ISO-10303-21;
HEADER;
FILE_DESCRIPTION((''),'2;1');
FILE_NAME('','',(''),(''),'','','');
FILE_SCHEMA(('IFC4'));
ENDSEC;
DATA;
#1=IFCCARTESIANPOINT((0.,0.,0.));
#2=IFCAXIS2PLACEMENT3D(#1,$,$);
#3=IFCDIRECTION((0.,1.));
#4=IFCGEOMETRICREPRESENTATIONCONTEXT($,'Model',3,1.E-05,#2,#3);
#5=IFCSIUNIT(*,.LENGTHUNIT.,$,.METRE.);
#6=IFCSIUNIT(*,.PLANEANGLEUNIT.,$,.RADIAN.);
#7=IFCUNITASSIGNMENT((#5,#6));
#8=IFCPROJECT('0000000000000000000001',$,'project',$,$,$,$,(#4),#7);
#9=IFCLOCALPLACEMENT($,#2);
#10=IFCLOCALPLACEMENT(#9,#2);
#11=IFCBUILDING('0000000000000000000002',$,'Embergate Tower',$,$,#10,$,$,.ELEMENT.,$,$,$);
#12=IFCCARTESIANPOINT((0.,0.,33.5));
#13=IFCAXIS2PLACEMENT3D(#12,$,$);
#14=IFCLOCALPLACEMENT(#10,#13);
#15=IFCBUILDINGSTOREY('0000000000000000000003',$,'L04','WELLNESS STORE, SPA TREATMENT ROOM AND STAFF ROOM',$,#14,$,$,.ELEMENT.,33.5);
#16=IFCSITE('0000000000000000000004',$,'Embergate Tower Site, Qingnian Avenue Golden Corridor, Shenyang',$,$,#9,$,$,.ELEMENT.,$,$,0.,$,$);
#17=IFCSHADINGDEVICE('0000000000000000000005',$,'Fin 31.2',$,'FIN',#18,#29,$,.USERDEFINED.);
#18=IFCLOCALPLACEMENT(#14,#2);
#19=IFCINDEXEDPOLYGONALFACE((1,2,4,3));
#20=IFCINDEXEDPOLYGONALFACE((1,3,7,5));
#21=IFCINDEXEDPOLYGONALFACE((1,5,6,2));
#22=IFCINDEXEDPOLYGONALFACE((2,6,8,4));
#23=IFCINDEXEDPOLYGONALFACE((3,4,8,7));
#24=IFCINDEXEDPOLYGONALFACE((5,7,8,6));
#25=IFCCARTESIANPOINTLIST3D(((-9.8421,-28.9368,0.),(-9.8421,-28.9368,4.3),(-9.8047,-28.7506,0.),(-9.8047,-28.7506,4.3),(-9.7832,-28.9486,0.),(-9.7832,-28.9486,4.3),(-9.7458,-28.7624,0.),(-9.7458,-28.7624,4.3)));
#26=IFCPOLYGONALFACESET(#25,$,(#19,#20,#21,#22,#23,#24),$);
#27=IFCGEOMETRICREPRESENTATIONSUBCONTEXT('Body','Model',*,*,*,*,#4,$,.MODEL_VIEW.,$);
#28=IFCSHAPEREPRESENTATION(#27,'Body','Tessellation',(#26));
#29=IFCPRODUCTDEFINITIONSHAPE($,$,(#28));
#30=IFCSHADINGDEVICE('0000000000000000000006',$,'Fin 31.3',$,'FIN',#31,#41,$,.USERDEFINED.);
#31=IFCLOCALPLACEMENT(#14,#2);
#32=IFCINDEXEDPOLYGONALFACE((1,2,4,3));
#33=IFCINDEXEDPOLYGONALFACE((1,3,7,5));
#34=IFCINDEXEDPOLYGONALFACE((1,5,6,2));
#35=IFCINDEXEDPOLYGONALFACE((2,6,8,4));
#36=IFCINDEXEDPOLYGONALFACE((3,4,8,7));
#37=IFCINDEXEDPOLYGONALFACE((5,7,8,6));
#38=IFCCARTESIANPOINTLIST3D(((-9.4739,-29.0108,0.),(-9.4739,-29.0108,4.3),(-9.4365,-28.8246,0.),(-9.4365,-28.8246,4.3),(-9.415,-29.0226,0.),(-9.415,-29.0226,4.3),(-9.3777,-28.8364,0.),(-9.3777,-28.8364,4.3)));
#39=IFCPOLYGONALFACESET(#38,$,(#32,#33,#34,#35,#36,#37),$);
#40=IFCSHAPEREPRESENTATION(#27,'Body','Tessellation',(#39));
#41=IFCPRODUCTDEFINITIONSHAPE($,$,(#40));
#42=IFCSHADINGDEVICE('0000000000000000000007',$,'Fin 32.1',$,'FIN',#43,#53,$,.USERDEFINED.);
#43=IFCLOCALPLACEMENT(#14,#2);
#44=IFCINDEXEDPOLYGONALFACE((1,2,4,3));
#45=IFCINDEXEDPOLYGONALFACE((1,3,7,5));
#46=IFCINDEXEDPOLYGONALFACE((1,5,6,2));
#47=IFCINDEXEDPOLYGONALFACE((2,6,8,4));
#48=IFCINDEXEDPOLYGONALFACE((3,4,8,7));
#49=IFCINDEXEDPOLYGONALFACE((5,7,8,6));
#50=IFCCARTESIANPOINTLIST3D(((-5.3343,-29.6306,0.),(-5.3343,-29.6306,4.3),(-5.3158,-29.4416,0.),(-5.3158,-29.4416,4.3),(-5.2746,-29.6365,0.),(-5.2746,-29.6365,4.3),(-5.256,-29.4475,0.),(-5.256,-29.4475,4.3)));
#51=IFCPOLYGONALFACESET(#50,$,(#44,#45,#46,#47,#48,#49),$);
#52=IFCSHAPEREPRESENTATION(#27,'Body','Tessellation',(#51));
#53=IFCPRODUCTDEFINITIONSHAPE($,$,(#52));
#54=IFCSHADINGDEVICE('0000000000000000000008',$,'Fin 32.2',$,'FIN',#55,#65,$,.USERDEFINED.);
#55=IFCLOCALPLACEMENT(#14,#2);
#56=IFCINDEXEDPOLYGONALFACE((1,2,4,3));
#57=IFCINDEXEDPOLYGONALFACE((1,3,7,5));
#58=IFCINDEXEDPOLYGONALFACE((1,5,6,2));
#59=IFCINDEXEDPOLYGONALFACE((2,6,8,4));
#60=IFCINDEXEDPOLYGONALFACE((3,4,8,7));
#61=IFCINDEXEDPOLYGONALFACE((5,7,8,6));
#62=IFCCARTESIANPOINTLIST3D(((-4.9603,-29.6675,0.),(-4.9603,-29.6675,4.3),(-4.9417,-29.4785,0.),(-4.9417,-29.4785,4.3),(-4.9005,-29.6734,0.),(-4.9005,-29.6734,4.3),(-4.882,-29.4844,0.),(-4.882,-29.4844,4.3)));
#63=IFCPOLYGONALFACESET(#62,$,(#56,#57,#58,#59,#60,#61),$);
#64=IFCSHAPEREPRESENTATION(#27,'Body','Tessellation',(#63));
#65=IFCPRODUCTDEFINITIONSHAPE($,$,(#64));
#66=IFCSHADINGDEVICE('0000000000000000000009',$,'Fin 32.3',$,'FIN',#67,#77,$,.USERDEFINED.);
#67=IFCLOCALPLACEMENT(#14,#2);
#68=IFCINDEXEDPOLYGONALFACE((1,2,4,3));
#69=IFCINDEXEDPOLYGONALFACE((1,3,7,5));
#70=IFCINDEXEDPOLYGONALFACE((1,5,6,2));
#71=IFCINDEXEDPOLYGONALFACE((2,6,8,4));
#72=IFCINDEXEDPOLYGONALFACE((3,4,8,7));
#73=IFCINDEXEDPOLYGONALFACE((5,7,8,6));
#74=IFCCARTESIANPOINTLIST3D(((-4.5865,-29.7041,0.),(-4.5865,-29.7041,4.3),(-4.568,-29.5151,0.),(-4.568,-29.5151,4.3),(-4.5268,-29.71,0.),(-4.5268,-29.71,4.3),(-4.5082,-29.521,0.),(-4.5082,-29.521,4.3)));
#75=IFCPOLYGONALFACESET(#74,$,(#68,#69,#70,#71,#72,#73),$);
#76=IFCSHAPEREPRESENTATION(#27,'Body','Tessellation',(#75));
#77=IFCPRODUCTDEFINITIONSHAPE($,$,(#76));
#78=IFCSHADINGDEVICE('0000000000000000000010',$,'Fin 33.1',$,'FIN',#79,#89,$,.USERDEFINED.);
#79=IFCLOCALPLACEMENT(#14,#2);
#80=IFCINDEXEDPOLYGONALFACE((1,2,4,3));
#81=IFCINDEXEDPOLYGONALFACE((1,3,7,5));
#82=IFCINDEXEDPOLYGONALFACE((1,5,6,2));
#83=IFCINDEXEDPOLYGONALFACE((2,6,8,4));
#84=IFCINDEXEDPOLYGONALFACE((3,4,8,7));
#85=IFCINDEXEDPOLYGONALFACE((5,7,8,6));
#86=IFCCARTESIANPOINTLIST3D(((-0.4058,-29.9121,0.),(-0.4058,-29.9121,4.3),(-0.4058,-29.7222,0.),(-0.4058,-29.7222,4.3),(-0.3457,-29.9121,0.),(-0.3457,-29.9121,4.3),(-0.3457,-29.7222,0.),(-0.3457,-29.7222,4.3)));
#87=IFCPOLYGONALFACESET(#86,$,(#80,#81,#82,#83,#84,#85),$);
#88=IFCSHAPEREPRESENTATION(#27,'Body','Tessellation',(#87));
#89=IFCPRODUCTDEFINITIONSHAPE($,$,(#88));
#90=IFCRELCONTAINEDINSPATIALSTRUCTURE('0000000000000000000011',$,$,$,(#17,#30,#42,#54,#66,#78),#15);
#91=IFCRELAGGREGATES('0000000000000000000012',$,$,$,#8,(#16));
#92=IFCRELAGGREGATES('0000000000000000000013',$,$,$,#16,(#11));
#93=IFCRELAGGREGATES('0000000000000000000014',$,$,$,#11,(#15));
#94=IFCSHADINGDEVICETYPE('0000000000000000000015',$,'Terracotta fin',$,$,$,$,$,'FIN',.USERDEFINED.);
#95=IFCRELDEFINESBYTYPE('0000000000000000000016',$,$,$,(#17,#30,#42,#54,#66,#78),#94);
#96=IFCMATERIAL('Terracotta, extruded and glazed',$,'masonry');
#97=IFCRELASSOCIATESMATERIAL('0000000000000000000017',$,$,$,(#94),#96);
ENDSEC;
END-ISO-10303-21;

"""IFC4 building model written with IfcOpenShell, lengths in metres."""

from ifc_helpers import new_model, si_unit, direction, frame, origin, origin_2d, place, context, subcontext, project, spatial, rectangle, extrude, source, transform, mapped, material, material_profile, profile_set, type_object, element, save


model = new_model("IFC4")

# Units and contexts
model_context = context("Model", 3, precision=1e-05, world=origin(), true_north=direction((0.0, 1.0)))
body_context = subcontext(model_context, "Body", "Model", "MODEL_VIEW")
ifc_project = project(units=[si_unit("LENGTHUNIT", "METRE"), si_unit("PLANEANGLEUNIT", "RADIAN")], contexts=[model_context])

# Site, building, storey
site_placement = place(None, origin())
site = spatial("IfcSite", under=ifc_project, at=site_placement, Name="Embergate Tower Site, Qingnian Avenue Golden Corridor, Shenyang", CompositionType="ELEMENT", RefElevation=0.0)
building_placement = place(site_placement, origin())
building = spatial("IfcBuilding", under=site, at=building_placement, Name="Embergate Tower", CompositionType="ELEMENT")
storey_placement = place(building_placement, frame((0.0, 0.0, 33.5)))
storey = spatial("IfcBuildingStorey", under=building, at=storey_placement, Name="L04", Description="WELLNESS STORE, SPA TREATMENT ROOM AND STAFF ROOM", CompositionType="ELEMENT", Elevation=33.5)

# Shading devices
ifc_material_1 = material(Name="Terracotta, extruded and glazed", Category="masonry")
ifc_material_profile_1 = material_profile(ifc_material_1, rectangle(XDim=0.1899, YDim=0.0601, at=origin_2d()), Name="TC 190x60")
ifc_profile_set_1 = profile_set([ifc_material_profile_1], Name="Terracotta, extruded and glazed")
shading_device_type = type_object("IfcShadingDeviceType", Name="Terracotta fin", ElementType="FIN", PredefinedType="USERDEFINED", material=ifc_profile_set_1)
shared_shape_1 = source(origin(), body_context, "Body", "SweptSolid", [
    extrude(rectangle(XDim=0.1899, YDim=0.0601, at=origin_2d()), origin(), (0.0, 0.0, 1.0), 4.3),
])
for number, where, z_axis, x_axis, name in (
    (1, (-9.7939, -28.8496, 0.0), (0.0, 0.0, 1.0), (0.196638, 0.980476, 0.0), "Fin 31.2"),
    (2, (-9.4258, -28.9236, 0.0), (0.0, 0.0, 1.0), (0.196638, 0.980476, 0.0), "Fin 31.3"),
    (3, (-5.2952, -29.5391, 0.0), (0.0, 0.0, 1.0), (0.097828, 0.995203, 0.0), "Fin 32.1"),
    (4, (-4.9211, -29.5759, 0.0), (0.0, 0.0, 1.0), (0.097828, 0.995203, 0.0), "Fin 32.2"),
    (5, (-4.5474, -29.6125, 0.0), (0.0, 0.0, 1.0), (0.097828, 0.995203, 0.0), "Fin 32.3"),
    (6, (-0.3757, -29.8171, 0.0), (0.0, 0.0, 1.0), (0.0, 1.0, 0.0), "Fin 33.1"),
):
    element("IfcShadingDevice", number, at=place(storey_placement, frame(where, z_axis=z_axis, x_axis=x_axis)), inside=storey, type_object=shading_device_type, Name=name, ObjectType="FIN", PredefinedType="USERDEFINED", context=body_context, shape_type="MappedRepresentation", body=[
        mapped(shared_shape_1, transform((0.0, 0.0, 0.0))),
    ])

save(model, "model.ifc")
